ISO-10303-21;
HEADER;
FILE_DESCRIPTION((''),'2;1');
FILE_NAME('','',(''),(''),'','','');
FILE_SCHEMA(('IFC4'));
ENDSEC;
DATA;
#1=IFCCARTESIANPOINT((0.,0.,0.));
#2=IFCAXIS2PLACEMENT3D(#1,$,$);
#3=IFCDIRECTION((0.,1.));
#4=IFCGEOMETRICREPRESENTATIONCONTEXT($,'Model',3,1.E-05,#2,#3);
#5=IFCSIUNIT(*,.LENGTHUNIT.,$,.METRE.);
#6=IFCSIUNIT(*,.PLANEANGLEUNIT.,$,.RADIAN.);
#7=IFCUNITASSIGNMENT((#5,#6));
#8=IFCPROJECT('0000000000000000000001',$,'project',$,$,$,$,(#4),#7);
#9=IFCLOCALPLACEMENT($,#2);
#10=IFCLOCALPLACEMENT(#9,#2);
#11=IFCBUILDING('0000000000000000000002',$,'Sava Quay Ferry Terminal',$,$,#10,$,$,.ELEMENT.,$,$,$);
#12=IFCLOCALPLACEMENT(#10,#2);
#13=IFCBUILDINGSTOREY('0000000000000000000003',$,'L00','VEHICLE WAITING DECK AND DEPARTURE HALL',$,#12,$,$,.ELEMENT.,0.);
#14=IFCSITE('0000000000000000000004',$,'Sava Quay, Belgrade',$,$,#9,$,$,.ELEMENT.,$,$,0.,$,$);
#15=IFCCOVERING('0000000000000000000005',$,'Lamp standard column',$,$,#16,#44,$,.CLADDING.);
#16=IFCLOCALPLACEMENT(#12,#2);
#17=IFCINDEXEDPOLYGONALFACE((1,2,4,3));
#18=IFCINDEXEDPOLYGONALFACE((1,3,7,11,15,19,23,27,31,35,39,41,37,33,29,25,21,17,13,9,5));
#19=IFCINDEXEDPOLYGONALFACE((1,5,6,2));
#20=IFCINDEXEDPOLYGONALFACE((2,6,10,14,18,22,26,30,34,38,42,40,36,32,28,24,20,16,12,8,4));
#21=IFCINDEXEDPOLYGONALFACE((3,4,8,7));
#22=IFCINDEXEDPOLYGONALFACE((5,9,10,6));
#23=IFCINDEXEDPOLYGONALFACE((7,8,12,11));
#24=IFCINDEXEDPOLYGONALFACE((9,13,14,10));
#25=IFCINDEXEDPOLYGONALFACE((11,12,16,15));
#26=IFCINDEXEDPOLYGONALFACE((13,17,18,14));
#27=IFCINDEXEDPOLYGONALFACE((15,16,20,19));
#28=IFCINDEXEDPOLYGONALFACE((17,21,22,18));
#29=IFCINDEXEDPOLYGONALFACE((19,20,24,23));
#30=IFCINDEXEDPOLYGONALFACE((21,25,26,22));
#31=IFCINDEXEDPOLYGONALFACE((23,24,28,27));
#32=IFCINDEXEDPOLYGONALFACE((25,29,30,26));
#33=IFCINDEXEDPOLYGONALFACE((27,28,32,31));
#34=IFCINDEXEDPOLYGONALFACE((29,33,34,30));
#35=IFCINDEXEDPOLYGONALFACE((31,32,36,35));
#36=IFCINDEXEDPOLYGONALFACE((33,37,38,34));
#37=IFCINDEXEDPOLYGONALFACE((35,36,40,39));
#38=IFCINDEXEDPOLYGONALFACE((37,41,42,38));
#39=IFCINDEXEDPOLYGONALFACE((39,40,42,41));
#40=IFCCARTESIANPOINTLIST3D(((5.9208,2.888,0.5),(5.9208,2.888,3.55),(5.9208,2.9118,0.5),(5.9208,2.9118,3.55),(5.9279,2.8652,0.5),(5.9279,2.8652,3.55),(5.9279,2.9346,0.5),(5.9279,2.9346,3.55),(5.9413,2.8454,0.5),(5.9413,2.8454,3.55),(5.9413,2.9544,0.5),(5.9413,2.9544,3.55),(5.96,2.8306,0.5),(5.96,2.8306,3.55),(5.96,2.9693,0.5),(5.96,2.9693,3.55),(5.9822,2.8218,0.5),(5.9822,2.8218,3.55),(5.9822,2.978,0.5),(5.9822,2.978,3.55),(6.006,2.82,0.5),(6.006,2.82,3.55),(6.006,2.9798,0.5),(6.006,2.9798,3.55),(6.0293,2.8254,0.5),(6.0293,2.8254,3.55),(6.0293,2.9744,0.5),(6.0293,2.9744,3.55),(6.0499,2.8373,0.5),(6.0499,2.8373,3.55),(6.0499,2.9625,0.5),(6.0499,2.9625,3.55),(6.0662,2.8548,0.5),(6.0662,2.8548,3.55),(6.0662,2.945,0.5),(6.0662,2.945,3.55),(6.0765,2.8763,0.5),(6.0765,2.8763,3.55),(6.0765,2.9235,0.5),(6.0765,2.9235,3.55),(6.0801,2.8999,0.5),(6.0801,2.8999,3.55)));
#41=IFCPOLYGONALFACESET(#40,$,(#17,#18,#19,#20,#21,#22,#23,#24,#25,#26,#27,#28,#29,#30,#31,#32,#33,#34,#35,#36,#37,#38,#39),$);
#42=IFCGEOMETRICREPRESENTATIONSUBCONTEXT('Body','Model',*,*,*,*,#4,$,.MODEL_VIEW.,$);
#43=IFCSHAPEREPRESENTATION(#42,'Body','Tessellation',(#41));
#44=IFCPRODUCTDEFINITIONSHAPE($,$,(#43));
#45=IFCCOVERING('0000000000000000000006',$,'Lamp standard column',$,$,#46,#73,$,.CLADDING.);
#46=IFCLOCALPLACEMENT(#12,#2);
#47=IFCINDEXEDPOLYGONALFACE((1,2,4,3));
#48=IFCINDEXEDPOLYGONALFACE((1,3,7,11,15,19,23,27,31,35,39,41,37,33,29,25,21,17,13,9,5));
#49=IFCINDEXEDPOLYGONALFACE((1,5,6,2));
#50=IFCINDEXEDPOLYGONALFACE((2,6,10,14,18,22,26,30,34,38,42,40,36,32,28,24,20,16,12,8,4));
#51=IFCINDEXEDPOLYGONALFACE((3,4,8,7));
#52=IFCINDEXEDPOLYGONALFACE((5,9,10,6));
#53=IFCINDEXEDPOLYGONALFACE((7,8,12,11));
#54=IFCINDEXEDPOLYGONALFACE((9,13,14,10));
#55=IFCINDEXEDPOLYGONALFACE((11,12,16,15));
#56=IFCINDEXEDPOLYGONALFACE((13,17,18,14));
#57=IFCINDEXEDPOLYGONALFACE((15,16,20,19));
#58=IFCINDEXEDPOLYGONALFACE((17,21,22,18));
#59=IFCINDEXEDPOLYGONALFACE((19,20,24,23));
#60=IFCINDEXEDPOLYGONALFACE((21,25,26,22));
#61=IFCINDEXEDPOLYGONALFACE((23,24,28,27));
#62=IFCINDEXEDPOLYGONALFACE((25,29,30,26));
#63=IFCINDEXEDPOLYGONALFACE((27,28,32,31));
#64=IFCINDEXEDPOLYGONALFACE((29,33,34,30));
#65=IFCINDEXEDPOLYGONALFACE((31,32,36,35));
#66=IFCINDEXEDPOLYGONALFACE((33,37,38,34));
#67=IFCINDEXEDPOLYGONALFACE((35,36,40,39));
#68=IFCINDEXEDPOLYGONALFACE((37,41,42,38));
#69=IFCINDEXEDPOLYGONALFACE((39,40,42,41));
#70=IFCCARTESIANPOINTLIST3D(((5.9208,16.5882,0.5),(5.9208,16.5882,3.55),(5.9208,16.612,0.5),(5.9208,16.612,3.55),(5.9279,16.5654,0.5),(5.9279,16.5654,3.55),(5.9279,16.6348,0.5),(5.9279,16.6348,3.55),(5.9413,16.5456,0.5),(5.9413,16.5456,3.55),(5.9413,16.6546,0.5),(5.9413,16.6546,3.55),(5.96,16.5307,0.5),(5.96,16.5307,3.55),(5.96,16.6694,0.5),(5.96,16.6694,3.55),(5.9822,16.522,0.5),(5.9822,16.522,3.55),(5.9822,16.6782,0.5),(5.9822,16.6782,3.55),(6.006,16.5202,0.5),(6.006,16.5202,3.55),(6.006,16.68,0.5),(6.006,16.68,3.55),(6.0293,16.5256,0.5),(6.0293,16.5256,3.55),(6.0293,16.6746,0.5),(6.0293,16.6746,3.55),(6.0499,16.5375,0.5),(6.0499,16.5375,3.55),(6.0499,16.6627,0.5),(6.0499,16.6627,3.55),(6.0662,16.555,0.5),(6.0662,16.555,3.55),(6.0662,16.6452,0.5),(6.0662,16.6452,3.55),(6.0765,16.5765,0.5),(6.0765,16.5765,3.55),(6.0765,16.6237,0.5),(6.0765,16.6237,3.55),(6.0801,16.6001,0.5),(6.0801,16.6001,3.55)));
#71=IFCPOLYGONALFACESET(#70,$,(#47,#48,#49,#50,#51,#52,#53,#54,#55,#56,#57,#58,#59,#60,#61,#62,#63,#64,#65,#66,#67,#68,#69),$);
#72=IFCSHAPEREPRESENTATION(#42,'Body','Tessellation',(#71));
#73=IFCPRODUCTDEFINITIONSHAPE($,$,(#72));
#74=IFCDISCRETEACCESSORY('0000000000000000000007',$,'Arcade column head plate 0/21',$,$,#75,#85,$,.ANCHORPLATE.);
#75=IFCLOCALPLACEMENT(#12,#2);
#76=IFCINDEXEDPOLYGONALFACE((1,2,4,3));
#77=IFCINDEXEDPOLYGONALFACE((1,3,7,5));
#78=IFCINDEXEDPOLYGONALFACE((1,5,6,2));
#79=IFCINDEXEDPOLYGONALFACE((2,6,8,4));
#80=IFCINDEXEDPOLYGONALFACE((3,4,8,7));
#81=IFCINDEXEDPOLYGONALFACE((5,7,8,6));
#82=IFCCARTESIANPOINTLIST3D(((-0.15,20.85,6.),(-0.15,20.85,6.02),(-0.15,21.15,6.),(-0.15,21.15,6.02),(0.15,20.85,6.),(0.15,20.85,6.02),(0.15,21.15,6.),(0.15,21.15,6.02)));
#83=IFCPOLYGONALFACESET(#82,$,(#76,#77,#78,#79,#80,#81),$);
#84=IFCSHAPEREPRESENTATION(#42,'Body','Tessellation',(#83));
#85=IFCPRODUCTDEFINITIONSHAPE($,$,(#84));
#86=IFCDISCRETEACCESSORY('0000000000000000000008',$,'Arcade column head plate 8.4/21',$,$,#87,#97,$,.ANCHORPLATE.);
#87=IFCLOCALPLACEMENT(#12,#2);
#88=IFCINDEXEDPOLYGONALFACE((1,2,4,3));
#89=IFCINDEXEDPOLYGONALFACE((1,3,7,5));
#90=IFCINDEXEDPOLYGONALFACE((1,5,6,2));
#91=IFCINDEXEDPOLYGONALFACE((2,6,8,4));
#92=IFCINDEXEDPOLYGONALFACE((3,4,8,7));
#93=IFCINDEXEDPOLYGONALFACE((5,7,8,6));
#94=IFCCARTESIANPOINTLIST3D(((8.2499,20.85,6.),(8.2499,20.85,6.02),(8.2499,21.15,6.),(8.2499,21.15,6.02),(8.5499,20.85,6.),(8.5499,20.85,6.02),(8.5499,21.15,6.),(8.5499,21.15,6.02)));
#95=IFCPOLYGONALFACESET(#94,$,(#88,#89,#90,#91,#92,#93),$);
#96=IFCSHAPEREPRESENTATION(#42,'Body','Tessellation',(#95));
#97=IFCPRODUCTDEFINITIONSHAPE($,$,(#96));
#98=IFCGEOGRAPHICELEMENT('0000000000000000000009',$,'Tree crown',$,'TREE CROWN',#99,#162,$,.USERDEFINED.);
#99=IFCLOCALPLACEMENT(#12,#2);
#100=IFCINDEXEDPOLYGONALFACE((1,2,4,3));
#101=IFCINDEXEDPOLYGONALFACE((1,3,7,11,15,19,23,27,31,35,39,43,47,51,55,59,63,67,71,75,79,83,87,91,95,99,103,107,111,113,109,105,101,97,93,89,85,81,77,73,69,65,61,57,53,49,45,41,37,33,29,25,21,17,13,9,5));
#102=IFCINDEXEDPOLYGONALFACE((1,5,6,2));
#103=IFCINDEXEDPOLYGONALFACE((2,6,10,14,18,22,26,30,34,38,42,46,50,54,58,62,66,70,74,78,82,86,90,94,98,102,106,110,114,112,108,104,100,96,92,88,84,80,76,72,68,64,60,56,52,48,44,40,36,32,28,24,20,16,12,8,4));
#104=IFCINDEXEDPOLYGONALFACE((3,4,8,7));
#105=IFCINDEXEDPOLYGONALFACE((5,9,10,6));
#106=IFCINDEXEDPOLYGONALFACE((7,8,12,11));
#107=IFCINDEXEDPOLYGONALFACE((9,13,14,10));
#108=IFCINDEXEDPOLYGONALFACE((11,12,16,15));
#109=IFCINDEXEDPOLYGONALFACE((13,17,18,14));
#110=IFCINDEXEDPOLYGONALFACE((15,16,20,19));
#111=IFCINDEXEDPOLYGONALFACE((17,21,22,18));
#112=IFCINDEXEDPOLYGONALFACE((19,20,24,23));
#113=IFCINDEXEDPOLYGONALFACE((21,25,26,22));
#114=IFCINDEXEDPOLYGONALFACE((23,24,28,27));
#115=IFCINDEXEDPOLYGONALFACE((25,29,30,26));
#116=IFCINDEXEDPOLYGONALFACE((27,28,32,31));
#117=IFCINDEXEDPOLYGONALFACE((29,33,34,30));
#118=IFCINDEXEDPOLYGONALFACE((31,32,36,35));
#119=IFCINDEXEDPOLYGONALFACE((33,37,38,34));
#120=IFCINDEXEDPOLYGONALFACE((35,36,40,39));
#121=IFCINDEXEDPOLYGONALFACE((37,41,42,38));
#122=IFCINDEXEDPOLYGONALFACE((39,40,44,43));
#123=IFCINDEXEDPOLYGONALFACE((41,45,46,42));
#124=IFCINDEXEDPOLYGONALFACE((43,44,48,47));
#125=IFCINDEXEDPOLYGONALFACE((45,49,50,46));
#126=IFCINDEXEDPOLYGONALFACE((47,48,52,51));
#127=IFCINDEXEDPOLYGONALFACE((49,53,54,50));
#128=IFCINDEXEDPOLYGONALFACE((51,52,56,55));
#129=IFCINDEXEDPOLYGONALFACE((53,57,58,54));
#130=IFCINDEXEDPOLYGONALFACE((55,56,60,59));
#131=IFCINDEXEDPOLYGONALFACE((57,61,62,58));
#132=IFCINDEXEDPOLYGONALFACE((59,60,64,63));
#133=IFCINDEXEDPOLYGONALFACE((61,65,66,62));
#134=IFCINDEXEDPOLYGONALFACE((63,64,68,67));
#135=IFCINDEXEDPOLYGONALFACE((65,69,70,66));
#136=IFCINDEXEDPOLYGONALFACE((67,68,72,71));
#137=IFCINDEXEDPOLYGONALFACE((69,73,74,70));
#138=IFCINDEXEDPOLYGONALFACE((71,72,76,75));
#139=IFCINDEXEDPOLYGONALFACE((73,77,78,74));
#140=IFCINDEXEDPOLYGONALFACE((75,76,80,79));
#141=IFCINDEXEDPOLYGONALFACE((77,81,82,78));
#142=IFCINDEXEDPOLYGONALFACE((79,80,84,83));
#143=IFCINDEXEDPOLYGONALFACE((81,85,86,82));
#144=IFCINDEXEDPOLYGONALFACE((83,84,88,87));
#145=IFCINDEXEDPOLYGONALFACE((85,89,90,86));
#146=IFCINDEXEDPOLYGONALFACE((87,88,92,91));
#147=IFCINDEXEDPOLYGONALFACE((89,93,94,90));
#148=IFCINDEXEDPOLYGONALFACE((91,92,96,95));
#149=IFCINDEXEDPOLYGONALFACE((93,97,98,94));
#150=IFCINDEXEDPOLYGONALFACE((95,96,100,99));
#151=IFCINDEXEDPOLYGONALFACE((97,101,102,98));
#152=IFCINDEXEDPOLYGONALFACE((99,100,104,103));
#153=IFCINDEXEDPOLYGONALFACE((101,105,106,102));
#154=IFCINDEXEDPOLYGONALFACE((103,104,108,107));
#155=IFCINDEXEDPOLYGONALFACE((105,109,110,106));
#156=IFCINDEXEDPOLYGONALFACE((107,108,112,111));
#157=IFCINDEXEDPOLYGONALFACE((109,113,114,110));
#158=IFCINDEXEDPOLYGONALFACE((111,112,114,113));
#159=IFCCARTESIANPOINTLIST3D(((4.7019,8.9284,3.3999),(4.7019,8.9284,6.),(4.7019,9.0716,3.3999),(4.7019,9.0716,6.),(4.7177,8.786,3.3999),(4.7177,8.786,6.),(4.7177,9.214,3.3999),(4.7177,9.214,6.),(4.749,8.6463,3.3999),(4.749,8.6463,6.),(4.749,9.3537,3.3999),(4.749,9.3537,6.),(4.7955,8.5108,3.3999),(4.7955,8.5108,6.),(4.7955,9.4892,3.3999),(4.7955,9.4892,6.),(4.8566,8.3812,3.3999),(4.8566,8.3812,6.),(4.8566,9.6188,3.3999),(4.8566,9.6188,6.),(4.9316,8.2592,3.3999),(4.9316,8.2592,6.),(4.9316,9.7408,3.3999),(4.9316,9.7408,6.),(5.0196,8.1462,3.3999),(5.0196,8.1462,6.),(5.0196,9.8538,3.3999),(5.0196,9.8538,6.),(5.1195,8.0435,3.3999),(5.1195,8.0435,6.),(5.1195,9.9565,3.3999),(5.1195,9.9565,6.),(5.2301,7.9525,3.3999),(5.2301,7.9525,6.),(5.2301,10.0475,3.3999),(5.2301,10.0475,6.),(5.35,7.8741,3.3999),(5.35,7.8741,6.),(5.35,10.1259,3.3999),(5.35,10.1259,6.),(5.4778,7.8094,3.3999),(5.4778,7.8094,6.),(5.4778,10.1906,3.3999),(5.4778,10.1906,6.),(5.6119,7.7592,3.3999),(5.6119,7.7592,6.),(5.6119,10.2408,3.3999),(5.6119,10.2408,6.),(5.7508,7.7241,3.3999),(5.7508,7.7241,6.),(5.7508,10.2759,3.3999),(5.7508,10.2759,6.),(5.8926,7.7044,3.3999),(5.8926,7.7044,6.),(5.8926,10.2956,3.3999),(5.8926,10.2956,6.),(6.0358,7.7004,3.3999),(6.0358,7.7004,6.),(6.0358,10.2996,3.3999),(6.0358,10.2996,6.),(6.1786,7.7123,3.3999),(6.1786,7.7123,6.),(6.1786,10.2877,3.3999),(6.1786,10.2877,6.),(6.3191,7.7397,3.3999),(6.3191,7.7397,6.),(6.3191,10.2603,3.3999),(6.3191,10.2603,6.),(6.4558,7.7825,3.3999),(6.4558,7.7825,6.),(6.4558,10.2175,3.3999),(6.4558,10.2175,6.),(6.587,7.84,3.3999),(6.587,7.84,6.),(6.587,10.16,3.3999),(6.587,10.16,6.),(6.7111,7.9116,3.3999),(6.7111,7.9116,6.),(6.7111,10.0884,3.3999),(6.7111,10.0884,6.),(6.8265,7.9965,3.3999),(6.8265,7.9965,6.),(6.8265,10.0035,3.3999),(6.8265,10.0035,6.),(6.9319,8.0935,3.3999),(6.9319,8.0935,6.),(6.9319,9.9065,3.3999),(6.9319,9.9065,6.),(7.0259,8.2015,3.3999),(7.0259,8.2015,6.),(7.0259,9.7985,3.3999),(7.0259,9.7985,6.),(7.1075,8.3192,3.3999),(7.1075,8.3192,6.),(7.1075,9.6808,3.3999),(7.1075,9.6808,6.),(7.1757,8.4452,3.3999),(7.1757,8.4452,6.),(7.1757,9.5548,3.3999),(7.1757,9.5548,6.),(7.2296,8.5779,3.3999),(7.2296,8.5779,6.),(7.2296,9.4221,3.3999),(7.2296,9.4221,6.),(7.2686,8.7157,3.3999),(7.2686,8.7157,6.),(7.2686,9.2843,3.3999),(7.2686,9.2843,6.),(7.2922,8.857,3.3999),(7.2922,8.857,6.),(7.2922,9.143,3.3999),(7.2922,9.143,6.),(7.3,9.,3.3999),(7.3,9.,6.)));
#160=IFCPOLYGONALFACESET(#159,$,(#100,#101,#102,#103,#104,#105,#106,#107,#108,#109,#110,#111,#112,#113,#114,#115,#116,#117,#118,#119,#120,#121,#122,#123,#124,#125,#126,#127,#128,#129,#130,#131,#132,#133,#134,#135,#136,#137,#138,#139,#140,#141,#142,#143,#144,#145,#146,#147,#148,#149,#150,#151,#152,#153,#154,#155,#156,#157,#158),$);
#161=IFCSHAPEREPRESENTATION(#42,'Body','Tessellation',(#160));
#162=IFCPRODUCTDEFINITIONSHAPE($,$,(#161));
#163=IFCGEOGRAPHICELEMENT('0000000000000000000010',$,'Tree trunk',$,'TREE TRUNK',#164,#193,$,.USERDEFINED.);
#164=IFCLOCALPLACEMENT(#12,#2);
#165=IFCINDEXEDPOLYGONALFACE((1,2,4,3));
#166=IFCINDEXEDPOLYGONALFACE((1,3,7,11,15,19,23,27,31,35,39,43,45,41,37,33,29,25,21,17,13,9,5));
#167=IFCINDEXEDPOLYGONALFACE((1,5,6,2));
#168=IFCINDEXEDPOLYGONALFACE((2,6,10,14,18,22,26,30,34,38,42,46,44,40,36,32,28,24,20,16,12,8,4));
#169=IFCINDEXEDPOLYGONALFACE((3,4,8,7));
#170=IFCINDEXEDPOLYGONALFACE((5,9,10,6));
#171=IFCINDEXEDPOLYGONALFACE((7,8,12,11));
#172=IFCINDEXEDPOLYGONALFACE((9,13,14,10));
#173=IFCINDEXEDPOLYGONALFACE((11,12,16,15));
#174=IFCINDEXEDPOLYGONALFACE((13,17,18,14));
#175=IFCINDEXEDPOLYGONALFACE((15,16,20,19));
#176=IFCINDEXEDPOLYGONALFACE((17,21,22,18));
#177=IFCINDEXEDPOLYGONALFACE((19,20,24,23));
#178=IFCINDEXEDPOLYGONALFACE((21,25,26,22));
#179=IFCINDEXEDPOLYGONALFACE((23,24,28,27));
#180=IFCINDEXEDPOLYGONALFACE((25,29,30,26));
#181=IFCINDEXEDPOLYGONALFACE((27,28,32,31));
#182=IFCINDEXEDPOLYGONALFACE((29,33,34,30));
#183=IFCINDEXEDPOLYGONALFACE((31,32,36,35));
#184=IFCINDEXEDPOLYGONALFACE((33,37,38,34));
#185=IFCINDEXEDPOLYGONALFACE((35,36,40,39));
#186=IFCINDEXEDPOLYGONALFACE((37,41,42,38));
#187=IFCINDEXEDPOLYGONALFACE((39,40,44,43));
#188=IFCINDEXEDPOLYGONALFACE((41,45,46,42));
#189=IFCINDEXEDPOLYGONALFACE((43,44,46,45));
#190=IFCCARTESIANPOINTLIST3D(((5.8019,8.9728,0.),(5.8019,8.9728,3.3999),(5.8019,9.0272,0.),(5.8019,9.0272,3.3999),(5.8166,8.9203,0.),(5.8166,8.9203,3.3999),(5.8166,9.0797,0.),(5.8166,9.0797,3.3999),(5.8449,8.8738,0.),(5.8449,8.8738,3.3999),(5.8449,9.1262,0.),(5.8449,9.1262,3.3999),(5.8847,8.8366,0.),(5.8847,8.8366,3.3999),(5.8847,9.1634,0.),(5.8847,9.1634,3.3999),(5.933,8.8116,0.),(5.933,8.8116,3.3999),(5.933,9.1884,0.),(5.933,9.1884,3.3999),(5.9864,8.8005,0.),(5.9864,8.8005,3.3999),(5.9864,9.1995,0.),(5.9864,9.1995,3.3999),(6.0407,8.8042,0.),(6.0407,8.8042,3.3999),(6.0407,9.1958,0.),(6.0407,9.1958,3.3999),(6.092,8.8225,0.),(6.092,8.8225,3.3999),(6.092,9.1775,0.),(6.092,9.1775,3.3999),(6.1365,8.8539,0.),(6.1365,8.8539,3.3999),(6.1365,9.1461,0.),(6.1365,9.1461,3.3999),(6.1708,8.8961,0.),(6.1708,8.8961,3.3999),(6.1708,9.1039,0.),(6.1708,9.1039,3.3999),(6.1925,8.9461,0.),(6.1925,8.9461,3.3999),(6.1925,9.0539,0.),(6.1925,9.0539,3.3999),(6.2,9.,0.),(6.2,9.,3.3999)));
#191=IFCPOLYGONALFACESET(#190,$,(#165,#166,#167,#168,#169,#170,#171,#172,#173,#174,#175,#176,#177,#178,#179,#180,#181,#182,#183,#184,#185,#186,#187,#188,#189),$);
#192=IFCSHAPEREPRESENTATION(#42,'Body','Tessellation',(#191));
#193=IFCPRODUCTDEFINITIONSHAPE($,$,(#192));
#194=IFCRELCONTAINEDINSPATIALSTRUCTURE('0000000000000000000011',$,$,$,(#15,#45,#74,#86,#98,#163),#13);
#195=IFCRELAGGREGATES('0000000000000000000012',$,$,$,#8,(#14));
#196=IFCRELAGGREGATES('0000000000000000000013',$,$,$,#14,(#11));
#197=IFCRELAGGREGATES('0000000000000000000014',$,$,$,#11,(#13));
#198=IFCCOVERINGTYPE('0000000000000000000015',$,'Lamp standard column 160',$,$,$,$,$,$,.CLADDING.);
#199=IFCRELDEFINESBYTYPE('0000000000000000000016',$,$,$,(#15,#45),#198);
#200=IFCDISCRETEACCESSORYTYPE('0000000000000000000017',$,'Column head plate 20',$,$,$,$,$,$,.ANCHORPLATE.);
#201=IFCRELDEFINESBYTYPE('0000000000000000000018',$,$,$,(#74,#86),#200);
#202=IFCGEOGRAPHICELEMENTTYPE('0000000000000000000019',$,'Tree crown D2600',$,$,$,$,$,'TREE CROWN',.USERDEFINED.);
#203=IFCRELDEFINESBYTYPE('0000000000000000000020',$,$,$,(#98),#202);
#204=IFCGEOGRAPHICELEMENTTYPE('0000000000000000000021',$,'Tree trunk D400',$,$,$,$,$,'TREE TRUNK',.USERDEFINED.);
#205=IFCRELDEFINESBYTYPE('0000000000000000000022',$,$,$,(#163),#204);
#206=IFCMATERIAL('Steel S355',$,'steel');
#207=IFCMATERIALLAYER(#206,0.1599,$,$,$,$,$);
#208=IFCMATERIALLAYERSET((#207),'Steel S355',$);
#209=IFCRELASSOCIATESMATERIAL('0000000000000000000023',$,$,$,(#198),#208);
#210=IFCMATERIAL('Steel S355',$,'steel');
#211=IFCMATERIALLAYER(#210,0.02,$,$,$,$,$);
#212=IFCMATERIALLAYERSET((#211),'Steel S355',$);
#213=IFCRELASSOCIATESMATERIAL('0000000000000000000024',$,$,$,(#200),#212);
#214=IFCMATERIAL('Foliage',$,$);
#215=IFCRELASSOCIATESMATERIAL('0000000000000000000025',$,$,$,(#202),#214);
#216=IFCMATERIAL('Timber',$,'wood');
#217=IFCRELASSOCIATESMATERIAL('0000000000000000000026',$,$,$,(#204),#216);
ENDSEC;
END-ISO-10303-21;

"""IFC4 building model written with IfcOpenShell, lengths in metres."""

from ifc_helpers import new_model, si_unit, direction, frame, origin, origin_2d, place, context, subcontext, project, spatial, rectangle, circle, extrude, material, layer, layer_set, type_object, element, save


model = new_model("IFC4")

# Units and contexts
model_context = context("Model", 3, precision=1e-05, world=origin(), true_north=direction((0.0, 1.0)))
body_context = subcontext(model_context, "Body", "Model", "MODEL_VIEW")
ifc_project = project(units=[si_unit("LENGTHUNIT", "METRE"), si_unit("PLANEANGLEUNIT", "RADIAN")], contexts=[model_context])

# Site, building, storey
site_placement = place(None, origin())
site = spatial("IfcSite", under=ifc_project, at=site_placement, Name="Sava Quay, Belgrade", CompositionType="ELEMENT", RefElevation=0.0)
building_placement = place(site_placement, origin())
building = spatial("IfcBuilding", under=site, at=building_placement, Name="Sava Quay Ferry Terminal", CompositionType="ELEMENT")
storey_placement = place(building_placement, origin())
storey = spatial("IfcBuildingStorey", under=building, at=storey_placement, Name="L00", Description="VEHICLE WAITING DECK AND DEPARTURE HALL", CompositionType="ELEMENT", Elevation=0.0)

# Coverings
ifc_material_1 = material(Name="Steel S355", Category="steel")
ifc_layer_1 = layer(ifc_material_1, 0.1599)
ifc_layer_set_1 = layer_set([ifc_layer_1], Name="Steel S355")
covering_type_1 = type_object("IfcCoveringType", Name="Lamp standard column 160", PredefinedType="CLADDING", material=ifc_layer_set_1)
for number, where, z_axis, x_axis, name in (
    (1, (6.0, 2.8999, 3.55), (0.0, 0.0, -1.0), (1.0, 0.0, 0.0), "Lamp standard column"),
    (2, (6.0, 16.6001, 3.55), (0.0, 0.0, -1.0), (1.0, 0.0, 0.0), "Lamp standard column"),
):
    element("IfcCovering", number, at=place(storey_placement, frame(where, z_axis=z_axis, x_axis=x_axis)), inside=storey, type_object=covering_type_1, Name=name, PredefinedType="CLADDING", context=body_context, shape_type="SweptSolid", body=[
        extrude(circle(Radius=0.0801, at=origin_2d()), origin(), (0.0, 0.0, 1.0), 3.05),
    ])

# Discrete accessories
ifc_material_2 = material(Name="Steel S355", Category="steel")
ifc_layer_2 = layer(ifc_material_2, 0.02)
ifc_layer_set_2 = layer_set([ifc_layer_2], Name="Steel S355")
discrete_accessory_type = type_object("IfcDiscreteAccessoryType", Name="Column head plate 20", PredefinedType="ANCHORPLATE", material=ifc_layer_set_2)
for number, where, z_axis, x_axis, name in (
    (3, (0.0, 21.0, 6.0), (0.0, 0.0, 1.0), (1.0, 0.0, 0.0), "Arcade column head plate 0/21"),
    (4, (8.3999, 21.0, 6.0), (0.0, 0.0, 1.0), (1.0, 0.0, 0.0), "Arcade column head plate 8.4/21"),
):
    element("IfcDiscreteAccessory", number, at=place(storey_placement, frame(where, z_axis=z_axis, x_axis=x_axis)), inside=storey, type_object=discrete_accessory_type, Name=name, PredefinedType="ANCHORPLATE", context=body_context, shape_type="SweptSolid", body=[
        extrude(rectangle(XDim=0.3, YDim=0.3, at=origin_2d()), origin(), (0.0, 0.0, 1.0), 0.02),
    ])

# Geographic elements
ifc_material_3 = material(Name="Foliage")
geographic_element_type_1 = type_object("IfcGeographicElementType", Name="Tree crown D2600", ElementType="TREE CROWN", PredefinedType="USERDEFINED", material=ifc_material_3)
geographic_element_1_placement = place(storey_placement, frame((6.0, 9.0, 6.0), z_axis=(0.0, 0.0, -1.0), x_axis=(1.0, 0.0, 0.0)))
element("IfcGeographicElement", 5, at=geographic_element_1_placement, inside=storey, type_object=geographic_element_type_1, Name="Tree crown", ObjectType="TREE CROWN", PredefinedType="USERDEFINED", context=body_context, shape_type="SweptSolid", body=[
    extrude(circle(Radius=1.3, at=origin_2d()), origin(), (0.0, 0.0, 1.0), 2.6001),
])
ifc_material_4 = material(Name="Timber", Category="wood")
geographic_element_type_2 = type_object("IfcGeographicElementType", Name="Tree trunk D400", ElementType="TREE TRUNK", PredefinedType="USERDEFINED", material=ifc_material_4)
geographic_element_2_placement = place(storey_placement, frame((6.0, 9.0, 3.3999), z_axis=(0.0, 0.0, -1.0), x_axis=(1.0, 0.0, 0.0)))
element("IfcGeographicElement", 6, at=geographic_element_2_placement, inside=storey, type_object=geographic_element_type_2, Name="Tree trunk", ObjectType="TREE TRUNK", PredefinedType="USERDEFINED", context=body_context, shape_type="SweptSolid", body=[
    extrude(circle(Radius=0.2, at=origin_2d()), origin(), (0.0, 0.0, 1.0), 3.3999),
])

save(model, "model.ifc")
